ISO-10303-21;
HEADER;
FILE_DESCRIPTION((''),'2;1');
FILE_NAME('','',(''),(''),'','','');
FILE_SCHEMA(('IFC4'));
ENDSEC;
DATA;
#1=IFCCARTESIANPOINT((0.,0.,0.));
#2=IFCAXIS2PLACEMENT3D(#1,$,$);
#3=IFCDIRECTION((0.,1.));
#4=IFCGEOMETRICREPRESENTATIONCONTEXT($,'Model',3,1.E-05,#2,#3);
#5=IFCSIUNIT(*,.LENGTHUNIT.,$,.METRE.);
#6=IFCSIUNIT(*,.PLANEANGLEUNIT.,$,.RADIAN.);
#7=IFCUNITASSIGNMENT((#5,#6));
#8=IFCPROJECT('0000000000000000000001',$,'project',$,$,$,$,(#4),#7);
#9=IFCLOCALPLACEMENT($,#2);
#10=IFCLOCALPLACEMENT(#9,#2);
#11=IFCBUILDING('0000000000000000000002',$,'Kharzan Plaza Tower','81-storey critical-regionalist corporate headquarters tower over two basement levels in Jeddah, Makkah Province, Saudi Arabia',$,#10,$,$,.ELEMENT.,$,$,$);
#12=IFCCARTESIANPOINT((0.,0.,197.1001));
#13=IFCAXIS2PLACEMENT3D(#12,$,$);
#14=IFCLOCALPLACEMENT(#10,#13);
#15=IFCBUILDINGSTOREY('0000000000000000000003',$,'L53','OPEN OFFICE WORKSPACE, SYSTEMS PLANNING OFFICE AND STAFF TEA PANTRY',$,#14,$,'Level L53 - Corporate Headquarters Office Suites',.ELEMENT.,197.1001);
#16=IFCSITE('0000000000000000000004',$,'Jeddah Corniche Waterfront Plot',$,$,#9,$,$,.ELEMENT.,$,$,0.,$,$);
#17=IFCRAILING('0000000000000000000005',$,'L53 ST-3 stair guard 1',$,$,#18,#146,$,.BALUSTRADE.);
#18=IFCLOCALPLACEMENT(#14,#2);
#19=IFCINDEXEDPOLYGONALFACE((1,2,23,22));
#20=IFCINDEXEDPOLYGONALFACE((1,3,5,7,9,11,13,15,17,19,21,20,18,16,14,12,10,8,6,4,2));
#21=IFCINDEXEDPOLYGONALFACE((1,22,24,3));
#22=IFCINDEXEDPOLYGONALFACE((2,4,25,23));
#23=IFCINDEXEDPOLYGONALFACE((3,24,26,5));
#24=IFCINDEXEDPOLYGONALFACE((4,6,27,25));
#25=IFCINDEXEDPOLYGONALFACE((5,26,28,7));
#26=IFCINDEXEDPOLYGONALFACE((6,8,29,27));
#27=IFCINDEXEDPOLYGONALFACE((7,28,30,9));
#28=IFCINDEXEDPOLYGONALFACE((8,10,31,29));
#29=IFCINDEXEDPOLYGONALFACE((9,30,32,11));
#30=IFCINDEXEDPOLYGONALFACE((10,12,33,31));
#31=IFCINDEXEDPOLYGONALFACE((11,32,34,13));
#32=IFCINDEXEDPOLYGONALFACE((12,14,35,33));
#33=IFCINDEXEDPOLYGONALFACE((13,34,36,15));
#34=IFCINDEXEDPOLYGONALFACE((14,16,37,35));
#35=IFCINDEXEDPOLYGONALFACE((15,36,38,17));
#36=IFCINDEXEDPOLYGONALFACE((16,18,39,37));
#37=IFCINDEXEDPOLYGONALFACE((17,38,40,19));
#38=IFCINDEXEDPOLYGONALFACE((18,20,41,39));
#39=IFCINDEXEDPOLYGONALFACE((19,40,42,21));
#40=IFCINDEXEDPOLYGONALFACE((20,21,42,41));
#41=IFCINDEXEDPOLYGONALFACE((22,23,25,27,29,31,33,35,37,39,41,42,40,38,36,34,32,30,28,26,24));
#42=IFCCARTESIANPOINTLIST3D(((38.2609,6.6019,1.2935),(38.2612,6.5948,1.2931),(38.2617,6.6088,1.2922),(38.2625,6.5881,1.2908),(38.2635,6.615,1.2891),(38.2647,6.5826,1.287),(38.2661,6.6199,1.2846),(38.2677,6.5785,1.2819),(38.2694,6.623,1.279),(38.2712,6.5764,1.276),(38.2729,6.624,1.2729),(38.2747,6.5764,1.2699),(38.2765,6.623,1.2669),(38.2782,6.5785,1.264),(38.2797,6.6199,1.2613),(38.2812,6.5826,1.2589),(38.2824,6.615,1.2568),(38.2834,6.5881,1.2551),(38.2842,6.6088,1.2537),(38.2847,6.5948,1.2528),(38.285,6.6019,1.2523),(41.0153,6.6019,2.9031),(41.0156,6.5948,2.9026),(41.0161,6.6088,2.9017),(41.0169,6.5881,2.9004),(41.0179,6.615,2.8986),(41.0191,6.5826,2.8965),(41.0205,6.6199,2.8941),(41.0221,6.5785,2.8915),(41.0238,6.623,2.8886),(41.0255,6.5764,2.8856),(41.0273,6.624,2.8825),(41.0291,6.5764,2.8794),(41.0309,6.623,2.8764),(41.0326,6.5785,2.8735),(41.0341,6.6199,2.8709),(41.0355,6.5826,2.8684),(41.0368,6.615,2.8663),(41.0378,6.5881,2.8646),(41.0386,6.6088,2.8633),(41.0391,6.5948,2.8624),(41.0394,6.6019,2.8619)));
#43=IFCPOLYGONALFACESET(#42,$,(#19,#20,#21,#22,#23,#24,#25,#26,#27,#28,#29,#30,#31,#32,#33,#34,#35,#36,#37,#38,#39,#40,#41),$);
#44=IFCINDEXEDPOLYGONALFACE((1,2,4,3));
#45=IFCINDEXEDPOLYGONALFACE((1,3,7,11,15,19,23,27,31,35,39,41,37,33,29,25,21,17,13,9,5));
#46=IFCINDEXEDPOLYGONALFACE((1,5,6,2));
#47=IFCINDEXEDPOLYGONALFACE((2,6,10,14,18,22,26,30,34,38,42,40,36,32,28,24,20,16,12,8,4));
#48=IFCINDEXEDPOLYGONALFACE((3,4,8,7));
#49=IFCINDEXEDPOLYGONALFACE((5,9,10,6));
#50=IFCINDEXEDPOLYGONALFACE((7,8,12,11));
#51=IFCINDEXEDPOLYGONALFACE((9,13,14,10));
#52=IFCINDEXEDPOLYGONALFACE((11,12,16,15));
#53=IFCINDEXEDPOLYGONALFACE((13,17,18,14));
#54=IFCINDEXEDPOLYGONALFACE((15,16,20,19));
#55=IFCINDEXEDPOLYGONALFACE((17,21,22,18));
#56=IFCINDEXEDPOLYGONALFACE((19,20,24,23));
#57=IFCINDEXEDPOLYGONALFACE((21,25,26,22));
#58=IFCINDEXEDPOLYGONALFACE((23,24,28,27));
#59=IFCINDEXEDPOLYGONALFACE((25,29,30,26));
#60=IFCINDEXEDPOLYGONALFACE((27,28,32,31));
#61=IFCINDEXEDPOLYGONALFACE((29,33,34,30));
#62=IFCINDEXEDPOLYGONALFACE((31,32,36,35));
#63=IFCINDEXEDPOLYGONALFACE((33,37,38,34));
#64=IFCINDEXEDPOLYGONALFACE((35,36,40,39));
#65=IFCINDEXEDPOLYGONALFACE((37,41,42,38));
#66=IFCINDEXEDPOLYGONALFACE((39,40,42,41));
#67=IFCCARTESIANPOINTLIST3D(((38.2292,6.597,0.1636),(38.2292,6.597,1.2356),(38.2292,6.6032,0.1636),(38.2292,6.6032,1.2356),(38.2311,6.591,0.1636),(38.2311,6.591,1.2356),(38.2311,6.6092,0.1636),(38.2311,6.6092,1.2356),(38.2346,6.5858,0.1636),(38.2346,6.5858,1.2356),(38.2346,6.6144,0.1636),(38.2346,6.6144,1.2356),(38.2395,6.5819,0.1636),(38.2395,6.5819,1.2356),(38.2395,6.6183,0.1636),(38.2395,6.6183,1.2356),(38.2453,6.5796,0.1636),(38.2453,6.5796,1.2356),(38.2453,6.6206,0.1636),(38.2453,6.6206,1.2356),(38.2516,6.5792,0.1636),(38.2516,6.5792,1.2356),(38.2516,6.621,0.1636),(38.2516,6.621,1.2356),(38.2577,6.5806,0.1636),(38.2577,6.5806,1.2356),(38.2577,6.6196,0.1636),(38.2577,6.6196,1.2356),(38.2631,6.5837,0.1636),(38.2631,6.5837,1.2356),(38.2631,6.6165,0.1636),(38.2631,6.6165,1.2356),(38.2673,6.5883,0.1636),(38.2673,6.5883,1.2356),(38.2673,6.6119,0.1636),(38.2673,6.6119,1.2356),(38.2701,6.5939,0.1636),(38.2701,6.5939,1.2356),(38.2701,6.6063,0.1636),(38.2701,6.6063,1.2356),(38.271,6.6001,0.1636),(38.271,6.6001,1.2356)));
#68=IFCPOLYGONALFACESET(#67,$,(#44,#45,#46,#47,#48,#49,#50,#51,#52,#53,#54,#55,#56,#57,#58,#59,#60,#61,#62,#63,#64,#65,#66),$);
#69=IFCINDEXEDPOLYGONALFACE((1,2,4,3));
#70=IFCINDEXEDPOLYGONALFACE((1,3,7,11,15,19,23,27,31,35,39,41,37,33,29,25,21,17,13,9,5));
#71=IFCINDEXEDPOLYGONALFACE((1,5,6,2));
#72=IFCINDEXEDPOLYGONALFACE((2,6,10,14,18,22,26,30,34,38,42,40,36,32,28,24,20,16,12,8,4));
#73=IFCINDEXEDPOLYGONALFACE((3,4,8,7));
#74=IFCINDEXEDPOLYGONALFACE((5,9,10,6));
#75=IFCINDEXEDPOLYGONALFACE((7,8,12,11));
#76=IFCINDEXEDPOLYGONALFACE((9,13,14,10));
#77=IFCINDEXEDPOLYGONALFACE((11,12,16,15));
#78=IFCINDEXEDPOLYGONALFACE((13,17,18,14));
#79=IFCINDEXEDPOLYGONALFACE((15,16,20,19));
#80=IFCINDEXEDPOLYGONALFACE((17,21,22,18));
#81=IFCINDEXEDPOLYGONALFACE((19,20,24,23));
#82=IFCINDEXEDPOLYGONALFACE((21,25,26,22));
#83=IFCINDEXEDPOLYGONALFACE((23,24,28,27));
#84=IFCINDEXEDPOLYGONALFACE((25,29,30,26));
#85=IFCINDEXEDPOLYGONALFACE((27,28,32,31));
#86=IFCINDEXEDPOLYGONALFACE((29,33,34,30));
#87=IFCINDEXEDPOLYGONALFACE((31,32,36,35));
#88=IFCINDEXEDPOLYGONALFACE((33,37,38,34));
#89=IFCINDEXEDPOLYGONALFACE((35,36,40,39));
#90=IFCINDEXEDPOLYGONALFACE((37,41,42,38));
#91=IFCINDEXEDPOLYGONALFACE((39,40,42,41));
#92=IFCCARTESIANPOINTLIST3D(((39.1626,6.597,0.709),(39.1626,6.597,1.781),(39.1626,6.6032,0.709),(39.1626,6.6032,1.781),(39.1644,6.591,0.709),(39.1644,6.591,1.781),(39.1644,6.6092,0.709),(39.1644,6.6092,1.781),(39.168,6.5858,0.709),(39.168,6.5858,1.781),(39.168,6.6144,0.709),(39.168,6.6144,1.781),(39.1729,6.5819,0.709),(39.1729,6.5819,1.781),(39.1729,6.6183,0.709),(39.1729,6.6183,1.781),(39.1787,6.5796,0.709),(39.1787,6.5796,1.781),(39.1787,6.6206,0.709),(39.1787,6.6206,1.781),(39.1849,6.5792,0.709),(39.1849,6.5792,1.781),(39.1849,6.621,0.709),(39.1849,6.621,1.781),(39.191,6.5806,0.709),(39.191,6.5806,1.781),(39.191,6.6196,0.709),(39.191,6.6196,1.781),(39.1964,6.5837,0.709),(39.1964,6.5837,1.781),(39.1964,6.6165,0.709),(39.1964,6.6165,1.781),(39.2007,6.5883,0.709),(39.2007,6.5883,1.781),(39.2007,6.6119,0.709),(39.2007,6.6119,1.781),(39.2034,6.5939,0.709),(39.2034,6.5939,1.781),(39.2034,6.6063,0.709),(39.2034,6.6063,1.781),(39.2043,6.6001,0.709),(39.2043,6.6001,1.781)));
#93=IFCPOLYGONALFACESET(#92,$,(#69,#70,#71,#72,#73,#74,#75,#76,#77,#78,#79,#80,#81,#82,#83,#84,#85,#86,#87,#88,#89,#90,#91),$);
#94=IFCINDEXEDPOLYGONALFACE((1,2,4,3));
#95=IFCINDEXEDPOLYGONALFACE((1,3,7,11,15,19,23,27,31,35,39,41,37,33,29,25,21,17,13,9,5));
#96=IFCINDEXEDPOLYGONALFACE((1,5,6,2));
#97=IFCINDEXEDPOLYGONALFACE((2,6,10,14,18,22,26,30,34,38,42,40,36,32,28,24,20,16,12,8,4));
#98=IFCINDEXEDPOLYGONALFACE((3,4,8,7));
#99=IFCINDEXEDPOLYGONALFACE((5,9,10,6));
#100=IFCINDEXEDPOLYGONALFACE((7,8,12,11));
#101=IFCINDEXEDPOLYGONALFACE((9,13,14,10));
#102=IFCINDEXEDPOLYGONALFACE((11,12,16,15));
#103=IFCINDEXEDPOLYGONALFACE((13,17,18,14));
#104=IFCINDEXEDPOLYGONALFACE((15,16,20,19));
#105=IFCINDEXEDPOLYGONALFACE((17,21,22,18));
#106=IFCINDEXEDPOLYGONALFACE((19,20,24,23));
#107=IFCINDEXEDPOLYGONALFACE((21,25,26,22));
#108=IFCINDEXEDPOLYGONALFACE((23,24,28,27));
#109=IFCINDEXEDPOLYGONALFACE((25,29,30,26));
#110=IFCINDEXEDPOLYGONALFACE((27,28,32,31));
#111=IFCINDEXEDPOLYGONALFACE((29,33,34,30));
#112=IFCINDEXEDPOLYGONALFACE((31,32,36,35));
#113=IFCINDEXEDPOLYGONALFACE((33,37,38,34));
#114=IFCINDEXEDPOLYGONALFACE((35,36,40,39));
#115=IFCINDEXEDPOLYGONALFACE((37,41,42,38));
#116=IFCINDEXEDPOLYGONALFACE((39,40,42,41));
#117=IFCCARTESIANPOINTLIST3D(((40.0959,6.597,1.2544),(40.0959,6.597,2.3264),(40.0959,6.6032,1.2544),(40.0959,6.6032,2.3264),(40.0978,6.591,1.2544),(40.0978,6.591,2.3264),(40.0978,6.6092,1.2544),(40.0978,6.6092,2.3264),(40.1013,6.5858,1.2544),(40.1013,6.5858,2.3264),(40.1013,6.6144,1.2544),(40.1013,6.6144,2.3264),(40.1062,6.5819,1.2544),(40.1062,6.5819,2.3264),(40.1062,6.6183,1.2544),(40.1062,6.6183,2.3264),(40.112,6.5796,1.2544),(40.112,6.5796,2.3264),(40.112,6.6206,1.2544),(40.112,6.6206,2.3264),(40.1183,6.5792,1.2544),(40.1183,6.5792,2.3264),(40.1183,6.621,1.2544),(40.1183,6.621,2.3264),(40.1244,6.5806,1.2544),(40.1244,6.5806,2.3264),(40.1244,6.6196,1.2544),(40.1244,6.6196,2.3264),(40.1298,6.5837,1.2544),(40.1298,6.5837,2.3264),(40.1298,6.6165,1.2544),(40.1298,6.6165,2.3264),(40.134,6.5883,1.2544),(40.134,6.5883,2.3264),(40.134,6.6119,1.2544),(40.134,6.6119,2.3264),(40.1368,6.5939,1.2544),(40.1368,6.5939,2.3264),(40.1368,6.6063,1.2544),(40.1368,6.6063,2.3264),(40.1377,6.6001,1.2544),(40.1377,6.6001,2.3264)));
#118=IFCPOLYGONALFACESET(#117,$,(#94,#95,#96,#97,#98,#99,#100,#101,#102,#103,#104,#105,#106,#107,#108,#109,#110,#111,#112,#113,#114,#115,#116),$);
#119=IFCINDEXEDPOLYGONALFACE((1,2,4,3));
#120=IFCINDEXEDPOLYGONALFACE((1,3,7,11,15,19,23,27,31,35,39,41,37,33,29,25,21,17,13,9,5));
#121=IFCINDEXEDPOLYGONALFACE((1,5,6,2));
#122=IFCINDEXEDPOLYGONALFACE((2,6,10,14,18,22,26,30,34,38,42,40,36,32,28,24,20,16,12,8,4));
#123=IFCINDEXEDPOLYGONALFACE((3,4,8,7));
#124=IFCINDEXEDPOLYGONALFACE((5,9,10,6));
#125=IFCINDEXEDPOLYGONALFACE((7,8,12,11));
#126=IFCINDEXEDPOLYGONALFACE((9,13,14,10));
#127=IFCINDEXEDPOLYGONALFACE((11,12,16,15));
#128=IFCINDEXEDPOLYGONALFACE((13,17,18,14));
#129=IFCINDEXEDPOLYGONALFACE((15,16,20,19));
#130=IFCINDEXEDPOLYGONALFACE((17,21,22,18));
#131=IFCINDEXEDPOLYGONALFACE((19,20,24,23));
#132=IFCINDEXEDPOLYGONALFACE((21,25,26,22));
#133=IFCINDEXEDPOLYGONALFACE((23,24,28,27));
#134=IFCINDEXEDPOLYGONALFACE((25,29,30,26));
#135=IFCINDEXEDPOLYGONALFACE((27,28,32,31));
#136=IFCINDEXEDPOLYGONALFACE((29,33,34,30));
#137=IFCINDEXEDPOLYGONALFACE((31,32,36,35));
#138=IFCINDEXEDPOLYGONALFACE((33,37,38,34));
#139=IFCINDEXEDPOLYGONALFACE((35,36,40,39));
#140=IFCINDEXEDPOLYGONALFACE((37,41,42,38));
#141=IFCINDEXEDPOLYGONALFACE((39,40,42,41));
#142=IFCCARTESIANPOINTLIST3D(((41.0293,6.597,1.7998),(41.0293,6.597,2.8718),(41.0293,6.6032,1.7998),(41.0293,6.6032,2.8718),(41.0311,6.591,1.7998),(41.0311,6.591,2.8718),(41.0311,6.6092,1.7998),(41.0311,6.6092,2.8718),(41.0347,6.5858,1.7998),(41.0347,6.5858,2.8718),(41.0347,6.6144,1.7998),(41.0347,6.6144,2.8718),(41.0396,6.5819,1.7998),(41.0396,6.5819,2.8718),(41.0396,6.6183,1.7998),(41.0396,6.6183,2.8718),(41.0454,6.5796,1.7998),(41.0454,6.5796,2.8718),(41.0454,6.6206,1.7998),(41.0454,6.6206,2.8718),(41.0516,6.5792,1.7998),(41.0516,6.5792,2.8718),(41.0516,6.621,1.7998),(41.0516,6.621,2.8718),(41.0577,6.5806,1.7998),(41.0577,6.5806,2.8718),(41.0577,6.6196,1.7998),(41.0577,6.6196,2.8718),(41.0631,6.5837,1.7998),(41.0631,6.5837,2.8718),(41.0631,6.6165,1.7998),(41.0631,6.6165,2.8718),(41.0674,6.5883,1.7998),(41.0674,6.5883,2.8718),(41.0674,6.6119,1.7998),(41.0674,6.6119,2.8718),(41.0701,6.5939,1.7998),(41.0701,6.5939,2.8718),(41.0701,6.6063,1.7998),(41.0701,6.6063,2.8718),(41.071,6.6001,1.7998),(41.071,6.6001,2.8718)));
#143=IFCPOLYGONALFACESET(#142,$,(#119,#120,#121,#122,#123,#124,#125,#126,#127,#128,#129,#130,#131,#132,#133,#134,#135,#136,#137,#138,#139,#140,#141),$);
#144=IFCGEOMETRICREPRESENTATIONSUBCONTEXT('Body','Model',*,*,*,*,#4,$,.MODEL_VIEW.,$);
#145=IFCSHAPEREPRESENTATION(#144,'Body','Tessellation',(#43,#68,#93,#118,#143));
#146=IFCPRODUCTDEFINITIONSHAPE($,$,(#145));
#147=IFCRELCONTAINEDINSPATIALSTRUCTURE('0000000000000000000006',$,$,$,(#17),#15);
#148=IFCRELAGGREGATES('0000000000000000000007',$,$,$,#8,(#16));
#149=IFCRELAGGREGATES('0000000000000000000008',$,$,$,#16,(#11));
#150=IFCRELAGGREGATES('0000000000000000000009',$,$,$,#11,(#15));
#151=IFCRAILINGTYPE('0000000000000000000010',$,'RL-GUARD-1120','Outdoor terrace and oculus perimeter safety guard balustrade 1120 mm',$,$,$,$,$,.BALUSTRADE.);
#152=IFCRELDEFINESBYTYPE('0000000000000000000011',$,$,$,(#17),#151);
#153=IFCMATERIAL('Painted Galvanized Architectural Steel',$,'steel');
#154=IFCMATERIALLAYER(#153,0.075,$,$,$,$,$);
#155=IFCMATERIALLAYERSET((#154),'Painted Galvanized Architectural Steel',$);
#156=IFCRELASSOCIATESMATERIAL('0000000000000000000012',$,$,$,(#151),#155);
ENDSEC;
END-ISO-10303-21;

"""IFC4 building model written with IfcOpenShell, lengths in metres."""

from ifc_helpers import new_model, si_unit, direction, frame, origin, origin_2d, place, context, subcontext, project, spatial, circle, extrude, source, transform, mapped, material, layer, layer_set, type_object, element, save


model = new_model("IFC4")

# Units and contexts
model_context = context("Model", 3, precision=1e-05, world=origin(), true_north=direction((0.0, 1.0)))
body_context = subcontext(model_context, "Body", "Model", "MODEL_VIEW")
ifc_project = project(units=[si_unit("LENGTHUNIT", "METRE"), si_unit("PLANEANGLEUNIT", "RADIAN")], contexts=[model_context])

# Site, building, storey
site_placement = place(None, origin())
site = spatial("IfcSite", under=ifc_project, at=site_placement, Name="Jeddah Corniche Waterfront Plot", CompositionType="ELEMENT", RefElevation=0.0)
building_placement = place(site_placement, origin())
building = spatial("IfcBuilding", under=site, at=building_placement, Name="Kharzan Plaza Tower", Description="81-storey critical-regionalist corporate headquarters tower over two basement levels in Jeddah, Makkah Province, Saudi Arabia", CompositionType="ELEMENT")
storey_placement = place(building_placement, frame((0.0, 0.0, 197.1001)))
storey = spatial("IfcBuildingStorey", under=building, at=storey_placement, Name="L53", Description="OPEN OFFICE WORKSPACE, SYSTEMS PLANNING OFFICE AND STAFF TEA PANTRY", LongName="Level L53 - Corporate Headquarters Office Suites", CompositionType="ELEMENT", Elevation=197.1001)

# Railing
ifc_material_1 = material(Name="Painted Galvanized Architectural Steel", Category="steel")
ifc_layer_1 = layer(ifc_material_1, 0.075)
ifc_layer_set_1 = layer_set([ifc_layer_1], Name="Painted Galvanized Architectural Steel")
railing_type_1 = type_object("IfcRailingType", Name="RL-GUARD-1120", Description="Outdoor terrace and oculus perimeter safety guard balustrade 1120 mm", PredefinedType="BALUSTRADE", material=ifc_layer_set_1)
shared_shape_1 = source(origin(), body_context, "Body", "SweptSolid", [
    extrude(circle(Radius=0.0239, at=origin_2d()), frame((0.0229, 0.0, 1.1094), z_axis=(0.863394, 0.0, 0.504531), x_axis=(0.0, 1.0, 0.0)), (0.0, 0.0, 1.0), 3.1902),
    extrude(circle(Radius=0.021, at=origin_2d()), origin(), (0.0, 0.0, 1.0), 1.072),
    extrude(circle(Radius=0.021, at=origin_2d()), frame((0.9333, 0.0, 0.5454)), (0.0, 0.0, 1.0), 1.072),
    extrude(circle(Radius=0.021, at=origin_2d()), frame((1.8667, 0.0, 1.0908)), (0.0, 0.0, 1.0), 1.072),
    extrude(circle(Radius=0.021, at=origin_2d()), frame((2.8, 0.0, 1.6362)), (0.0, 0.0, 1.0), 1.072),
])
railing_1_placement = place(storey_placement, frame((38.25, 6.6001, 0.1636)))
element("IfcRailing", 1, at=railing_1_placement, inside=storey, type_object=railing_type_1, Name="L53 ST-3 stair guard 1", PredefinedType="BALUSTRADE", context=body_context, shape_type="MappedRepresentation", body=[
    mapped(shared_shape_1, transform((0.0, 0.0, 0.0), x_axis=(1.0, 0.0, 0.0), y_axis=(0.0, 1.0, 0.0), z_axis=(0.0, 0.0, 1.0))),
])

save(model, "model.ifc")
